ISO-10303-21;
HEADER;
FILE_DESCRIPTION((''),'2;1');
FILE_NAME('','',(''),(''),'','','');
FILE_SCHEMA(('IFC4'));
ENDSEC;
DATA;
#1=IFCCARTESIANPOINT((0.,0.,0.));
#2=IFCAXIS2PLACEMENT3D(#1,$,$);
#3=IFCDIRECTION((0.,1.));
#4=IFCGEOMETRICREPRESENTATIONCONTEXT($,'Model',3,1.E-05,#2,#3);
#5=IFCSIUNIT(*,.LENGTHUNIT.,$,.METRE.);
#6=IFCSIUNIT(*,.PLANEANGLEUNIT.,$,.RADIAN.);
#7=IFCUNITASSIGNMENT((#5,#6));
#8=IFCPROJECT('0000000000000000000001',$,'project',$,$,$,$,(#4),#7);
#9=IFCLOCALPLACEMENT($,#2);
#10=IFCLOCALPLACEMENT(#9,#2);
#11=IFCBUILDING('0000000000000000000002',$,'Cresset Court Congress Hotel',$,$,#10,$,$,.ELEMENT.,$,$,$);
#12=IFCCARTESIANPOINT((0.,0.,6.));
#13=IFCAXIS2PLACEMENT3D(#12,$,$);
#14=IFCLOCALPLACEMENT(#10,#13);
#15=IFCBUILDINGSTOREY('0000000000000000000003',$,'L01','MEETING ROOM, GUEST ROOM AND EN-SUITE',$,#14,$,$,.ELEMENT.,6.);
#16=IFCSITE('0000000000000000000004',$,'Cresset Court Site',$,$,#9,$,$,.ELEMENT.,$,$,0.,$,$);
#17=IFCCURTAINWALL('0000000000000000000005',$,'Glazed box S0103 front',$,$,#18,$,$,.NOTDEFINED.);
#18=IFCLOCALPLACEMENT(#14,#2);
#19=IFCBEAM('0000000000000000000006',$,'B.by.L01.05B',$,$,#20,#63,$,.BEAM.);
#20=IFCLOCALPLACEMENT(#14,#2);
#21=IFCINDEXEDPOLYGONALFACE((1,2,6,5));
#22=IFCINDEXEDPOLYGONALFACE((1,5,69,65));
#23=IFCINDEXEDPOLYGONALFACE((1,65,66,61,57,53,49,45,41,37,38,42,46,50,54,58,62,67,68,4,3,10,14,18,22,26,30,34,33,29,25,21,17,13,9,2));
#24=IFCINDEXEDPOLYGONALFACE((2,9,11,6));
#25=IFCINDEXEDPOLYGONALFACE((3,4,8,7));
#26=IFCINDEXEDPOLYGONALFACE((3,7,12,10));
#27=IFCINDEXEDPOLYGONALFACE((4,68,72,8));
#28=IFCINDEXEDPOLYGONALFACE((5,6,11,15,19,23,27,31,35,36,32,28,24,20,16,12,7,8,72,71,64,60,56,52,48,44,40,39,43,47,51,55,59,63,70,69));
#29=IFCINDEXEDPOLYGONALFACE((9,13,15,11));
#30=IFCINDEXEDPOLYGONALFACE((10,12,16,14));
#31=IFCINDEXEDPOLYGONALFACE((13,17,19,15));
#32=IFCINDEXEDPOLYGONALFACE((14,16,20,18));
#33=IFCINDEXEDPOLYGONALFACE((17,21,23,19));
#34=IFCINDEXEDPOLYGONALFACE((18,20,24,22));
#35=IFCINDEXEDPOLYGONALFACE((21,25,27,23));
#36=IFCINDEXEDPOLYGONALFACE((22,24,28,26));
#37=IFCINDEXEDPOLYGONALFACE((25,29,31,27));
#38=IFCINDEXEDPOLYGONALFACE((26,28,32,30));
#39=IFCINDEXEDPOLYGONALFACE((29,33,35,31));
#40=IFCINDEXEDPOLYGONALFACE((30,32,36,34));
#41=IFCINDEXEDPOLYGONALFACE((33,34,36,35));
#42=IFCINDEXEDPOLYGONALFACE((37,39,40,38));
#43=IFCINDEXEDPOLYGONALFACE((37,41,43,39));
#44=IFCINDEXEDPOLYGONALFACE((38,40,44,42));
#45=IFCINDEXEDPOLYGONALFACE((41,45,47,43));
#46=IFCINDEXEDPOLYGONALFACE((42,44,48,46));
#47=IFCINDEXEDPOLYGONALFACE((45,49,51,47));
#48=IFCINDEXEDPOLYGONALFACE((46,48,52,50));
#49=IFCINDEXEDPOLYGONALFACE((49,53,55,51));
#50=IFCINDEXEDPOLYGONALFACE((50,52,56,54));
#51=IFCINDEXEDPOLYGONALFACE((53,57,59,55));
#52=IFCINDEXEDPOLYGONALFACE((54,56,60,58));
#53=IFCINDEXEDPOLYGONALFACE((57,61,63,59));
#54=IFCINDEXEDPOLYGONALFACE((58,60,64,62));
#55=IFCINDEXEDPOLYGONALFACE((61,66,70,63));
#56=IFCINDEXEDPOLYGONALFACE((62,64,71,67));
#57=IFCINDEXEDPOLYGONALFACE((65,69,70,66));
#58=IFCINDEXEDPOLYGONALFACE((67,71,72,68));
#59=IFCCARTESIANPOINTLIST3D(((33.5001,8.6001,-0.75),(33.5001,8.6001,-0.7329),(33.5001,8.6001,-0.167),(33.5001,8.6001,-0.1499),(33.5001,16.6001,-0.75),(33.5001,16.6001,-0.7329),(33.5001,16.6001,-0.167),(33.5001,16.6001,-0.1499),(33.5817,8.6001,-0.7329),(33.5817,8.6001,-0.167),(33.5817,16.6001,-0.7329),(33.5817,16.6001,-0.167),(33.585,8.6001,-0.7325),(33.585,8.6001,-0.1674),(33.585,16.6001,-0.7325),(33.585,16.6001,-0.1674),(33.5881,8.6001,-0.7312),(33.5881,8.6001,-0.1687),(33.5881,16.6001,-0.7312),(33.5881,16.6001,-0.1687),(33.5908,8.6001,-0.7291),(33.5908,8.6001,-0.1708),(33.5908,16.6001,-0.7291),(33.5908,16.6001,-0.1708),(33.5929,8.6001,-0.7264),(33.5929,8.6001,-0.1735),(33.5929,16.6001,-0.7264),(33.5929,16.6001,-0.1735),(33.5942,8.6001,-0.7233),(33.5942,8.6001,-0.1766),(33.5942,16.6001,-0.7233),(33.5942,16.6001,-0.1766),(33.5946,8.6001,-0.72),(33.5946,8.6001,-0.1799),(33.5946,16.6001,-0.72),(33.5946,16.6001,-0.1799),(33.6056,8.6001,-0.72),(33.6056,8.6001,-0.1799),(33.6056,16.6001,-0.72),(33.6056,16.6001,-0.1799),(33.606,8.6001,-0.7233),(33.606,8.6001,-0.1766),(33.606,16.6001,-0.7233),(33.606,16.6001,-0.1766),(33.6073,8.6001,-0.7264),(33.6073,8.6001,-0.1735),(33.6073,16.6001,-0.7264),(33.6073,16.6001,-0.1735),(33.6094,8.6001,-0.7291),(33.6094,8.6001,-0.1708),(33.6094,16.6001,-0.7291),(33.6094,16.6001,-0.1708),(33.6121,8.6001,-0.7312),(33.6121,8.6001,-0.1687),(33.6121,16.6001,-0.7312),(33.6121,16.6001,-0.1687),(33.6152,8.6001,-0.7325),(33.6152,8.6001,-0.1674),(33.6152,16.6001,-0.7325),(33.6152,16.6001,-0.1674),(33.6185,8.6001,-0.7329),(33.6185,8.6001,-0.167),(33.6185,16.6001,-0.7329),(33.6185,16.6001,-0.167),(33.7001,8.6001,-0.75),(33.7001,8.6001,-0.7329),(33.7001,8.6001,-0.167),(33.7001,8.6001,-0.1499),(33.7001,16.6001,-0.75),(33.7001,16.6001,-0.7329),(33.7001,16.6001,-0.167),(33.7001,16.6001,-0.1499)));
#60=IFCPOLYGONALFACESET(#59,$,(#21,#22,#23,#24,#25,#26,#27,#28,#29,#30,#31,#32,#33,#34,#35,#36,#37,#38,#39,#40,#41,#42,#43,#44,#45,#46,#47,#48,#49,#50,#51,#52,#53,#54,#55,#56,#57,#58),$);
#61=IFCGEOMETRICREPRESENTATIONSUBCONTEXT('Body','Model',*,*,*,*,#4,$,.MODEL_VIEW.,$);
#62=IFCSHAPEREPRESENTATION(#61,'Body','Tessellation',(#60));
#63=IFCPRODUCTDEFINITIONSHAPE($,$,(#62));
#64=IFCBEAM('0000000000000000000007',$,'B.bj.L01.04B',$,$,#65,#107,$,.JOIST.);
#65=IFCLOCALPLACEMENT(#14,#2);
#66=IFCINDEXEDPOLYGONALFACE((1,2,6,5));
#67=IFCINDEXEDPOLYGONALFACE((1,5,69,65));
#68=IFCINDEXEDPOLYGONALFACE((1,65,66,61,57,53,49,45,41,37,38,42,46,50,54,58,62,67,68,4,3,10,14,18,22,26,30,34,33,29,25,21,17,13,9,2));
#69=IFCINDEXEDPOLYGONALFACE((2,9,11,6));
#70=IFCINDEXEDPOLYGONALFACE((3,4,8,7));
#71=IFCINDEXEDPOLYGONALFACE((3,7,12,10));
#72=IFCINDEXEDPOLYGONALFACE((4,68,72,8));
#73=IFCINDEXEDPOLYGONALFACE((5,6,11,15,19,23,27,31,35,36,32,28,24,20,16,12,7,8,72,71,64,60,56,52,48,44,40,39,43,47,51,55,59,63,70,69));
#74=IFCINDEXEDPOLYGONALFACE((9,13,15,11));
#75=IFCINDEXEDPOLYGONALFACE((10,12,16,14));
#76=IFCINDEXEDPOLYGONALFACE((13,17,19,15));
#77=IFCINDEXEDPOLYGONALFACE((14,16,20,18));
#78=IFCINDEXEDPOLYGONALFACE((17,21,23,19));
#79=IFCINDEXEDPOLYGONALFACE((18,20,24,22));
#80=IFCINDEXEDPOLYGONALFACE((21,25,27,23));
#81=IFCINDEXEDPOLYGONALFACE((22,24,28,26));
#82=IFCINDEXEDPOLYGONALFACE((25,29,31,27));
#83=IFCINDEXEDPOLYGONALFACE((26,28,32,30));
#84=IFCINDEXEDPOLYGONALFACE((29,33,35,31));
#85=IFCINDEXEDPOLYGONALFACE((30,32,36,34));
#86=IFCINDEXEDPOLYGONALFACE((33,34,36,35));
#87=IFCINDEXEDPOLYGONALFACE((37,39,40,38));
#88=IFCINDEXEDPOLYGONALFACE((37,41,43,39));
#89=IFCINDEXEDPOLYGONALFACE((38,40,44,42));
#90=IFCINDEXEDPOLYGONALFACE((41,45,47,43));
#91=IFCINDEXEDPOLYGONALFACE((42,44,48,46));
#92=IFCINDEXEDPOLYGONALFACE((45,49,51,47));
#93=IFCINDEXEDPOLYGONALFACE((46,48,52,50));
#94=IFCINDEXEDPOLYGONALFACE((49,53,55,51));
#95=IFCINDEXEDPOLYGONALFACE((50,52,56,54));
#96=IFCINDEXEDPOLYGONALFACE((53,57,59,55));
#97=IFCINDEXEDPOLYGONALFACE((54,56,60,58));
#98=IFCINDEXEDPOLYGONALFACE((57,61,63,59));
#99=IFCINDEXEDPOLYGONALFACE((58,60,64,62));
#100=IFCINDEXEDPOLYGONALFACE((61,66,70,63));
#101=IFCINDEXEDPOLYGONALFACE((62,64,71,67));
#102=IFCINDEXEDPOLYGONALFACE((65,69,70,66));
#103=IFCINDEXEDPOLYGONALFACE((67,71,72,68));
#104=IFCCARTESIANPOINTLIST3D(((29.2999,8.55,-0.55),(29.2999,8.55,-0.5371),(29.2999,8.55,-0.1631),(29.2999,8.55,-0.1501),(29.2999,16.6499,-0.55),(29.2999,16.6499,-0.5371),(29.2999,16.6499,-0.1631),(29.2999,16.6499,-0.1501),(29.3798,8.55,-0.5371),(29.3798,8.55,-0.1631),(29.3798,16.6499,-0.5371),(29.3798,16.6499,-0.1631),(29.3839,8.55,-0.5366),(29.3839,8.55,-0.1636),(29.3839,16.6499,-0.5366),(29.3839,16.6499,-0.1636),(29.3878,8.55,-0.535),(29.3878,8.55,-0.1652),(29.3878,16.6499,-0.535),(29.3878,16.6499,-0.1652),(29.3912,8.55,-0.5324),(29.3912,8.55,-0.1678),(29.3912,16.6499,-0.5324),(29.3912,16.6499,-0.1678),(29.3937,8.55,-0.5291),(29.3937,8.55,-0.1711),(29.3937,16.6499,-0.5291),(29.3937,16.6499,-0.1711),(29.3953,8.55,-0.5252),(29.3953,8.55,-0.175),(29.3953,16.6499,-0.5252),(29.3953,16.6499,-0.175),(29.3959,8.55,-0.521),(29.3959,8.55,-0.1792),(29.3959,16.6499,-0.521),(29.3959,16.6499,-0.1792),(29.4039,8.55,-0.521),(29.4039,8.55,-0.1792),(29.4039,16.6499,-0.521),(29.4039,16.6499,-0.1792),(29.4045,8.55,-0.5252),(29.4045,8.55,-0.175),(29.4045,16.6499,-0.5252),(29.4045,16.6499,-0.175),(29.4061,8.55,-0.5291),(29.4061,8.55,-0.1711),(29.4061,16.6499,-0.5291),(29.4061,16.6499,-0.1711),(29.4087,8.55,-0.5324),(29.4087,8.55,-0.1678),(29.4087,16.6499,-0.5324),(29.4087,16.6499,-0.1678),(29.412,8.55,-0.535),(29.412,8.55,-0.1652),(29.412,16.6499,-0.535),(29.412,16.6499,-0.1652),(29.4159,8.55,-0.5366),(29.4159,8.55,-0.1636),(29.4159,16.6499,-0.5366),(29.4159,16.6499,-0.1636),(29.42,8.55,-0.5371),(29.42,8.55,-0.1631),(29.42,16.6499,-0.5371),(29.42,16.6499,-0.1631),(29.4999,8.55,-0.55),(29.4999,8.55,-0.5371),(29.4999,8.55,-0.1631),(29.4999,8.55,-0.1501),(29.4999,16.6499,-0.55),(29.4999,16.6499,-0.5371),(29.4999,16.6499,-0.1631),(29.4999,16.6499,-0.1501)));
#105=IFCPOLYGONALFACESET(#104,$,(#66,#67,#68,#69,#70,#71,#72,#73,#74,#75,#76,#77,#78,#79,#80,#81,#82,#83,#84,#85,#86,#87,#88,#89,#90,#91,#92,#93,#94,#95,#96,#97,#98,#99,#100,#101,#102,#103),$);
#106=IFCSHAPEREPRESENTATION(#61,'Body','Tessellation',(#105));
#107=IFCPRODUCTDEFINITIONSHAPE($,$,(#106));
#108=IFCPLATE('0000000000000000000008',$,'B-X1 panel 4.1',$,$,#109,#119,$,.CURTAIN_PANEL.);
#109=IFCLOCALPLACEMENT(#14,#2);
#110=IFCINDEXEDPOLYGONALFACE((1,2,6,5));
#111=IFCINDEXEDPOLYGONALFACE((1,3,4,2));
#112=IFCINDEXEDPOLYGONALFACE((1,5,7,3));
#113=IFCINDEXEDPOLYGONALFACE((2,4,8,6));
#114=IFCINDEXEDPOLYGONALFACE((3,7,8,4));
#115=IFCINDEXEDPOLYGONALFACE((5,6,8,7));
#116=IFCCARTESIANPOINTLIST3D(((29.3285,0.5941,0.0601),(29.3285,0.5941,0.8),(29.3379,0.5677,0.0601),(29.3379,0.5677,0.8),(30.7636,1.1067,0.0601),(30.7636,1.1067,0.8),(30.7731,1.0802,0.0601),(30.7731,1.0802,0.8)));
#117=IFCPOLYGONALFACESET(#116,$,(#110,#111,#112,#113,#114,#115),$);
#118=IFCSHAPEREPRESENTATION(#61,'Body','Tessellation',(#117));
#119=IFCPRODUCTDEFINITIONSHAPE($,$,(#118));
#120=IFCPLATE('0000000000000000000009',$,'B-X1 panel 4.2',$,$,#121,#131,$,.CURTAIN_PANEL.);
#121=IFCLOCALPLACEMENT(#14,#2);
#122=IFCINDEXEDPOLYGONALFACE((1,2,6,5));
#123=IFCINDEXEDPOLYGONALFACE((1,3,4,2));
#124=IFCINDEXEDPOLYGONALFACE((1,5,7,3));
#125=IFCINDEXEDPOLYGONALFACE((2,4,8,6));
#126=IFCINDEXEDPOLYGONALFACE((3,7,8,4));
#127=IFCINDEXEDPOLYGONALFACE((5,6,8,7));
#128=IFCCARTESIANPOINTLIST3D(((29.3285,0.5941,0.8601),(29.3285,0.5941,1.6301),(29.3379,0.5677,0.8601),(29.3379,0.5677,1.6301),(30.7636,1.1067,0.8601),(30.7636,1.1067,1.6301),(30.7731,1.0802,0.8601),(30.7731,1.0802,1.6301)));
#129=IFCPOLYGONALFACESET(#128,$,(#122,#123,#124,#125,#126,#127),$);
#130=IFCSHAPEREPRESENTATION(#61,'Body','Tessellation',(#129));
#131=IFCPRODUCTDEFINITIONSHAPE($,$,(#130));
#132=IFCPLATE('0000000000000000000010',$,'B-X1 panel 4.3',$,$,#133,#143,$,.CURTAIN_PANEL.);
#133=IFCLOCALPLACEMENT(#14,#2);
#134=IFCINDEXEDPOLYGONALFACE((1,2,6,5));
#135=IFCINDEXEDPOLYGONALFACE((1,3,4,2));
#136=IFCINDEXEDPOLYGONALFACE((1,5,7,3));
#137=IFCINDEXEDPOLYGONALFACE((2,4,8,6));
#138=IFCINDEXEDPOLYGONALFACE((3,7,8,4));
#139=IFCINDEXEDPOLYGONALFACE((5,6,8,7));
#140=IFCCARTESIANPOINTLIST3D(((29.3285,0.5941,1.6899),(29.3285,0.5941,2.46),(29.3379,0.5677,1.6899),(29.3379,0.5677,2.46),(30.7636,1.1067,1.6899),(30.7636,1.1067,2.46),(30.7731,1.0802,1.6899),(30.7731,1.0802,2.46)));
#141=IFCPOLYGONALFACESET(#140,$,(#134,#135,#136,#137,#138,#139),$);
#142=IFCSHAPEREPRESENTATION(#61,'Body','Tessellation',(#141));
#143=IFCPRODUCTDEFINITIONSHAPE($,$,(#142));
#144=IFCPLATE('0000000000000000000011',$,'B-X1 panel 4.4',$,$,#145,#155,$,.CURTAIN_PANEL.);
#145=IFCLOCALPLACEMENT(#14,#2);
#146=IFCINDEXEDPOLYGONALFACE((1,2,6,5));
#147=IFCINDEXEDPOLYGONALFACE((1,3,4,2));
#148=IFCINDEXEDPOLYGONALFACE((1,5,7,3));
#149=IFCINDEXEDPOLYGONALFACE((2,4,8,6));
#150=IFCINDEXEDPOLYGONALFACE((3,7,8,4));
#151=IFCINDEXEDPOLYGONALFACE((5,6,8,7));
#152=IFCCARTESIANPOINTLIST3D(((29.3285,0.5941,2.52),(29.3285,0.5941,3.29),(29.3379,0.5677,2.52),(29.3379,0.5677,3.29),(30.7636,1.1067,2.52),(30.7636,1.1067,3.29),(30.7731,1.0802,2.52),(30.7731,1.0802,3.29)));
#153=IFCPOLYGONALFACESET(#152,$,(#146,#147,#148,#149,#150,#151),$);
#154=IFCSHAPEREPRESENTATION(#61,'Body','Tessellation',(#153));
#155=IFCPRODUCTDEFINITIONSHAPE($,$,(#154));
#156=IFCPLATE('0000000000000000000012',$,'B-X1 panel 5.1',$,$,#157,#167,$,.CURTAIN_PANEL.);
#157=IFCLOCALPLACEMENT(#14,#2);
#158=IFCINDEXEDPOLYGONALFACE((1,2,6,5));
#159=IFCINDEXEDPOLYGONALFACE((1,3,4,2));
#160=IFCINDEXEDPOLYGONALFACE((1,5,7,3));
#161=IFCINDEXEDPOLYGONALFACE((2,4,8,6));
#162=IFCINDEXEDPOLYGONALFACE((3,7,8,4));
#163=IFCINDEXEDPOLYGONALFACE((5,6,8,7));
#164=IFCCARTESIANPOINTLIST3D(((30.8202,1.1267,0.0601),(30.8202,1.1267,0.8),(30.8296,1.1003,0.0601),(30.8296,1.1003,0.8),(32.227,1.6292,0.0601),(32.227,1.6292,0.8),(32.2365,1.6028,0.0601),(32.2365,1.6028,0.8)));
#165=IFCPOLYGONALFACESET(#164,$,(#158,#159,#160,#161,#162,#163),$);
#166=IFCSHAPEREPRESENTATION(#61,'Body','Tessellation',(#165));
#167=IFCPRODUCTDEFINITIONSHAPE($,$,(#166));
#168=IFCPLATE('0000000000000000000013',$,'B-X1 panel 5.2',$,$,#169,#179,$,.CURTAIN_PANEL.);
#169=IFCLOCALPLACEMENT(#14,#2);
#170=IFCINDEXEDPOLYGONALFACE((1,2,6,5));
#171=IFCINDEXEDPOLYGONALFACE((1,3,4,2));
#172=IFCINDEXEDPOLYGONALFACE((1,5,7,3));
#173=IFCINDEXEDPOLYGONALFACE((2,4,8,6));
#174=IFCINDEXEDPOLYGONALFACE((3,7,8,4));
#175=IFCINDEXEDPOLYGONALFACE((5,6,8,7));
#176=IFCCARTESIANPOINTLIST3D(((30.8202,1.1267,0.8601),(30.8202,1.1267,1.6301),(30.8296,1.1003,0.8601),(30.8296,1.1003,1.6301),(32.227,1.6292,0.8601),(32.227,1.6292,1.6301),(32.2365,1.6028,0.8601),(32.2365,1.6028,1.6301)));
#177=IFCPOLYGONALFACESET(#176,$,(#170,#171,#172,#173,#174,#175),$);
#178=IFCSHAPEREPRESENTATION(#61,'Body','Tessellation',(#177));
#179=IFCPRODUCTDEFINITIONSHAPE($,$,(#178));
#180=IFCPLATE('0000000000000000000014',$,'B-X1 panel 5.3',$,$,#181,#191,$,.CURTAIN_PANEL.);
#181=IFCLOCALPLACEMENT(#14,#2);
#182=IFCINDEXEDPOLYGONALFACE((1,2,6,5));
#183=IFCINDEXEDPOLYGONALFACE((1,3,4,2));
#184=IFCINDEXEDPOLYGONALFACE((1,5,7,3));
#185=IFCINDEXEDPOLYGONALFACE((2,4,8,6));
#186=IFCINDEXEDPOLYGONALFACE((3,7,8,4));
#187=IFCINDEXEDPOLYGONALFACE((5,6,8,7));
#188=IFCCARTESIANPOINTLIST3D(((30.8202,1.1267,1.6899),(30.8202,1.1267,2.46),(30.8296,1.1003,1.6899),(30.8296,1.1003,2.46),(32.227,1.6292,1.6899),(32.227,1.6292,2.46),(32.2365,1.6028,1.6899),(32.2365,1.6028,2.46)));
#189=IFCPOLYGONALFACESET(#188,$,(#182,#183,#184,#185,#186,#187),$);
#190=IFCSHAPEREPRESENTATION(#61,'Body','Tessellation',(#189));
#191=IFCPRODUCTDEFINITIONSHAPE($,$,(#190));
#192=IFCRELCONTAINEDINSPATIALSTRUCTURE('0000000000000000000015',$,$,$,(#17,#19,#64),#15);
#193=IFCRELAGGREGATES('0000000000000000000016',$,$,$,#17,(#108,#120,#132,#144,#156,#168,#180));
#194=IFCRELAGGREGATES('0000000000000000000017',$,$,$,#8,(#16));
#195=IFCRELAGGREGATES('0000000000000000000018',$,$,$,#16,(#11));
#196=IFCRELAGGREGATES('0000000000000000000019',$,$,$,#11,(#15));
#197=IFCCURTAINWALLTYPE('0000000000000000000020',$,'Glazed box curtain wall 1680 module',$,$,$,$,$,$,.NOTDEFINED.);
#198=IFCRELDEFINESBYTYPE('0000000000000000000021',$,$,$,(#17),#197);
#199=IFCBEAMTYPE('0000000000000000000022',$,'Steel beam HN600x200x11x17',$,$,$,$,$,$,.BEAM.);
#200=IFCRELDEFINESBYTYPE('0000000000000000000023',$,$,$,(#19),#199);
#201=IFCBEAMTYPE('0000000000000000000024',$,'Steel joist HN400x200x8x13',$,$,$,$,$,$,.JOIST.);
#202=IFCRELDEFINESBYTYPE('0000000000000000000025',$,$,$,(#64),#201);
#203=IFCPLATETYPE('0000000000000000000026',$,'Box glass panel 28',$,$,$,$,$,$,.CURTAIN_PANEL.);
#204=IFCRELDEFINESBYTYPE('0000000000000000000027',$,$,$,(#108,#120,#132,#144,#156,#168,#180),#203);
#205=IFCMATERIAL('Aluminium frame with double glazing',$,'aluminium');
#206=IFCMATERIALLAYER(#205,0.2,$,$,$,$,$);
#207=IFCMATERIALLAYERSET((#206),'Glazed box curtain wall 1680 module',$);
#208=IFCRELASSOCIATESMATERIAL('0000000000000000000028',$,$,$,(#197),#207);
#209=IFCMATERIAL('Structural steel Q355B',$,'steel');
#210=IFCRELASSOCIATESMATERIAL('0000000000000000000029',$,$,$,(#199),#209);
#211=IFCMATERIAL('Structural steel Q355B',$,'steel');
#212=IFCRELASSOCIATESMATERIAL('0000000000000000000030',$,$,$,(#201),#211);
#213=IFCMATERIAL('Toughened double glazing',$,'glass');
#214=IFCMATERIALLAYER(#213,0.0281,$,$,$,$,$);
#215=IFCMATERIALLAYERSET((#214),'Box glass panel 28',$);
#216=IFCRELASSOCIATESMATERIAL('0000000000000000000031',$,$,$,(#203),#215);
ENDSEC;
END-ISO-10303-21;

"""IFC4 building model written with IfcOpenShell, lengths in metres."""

from ifc_helpers import new_model, si_unit, direction, frame, origin, origin_2d, place, context, subcontext, project, spatial, rectangle, i_section, extrude, material, layer, layer_set, material_profile, profile_set, type_object, element, aggregate, save


model = new_model("IFC4")

# Units and contexts
model_context = context("Model", 3, precision=1e-05, world=origin(), true_north=direction((0.0, 1.0)))
body_context = subcontext(model_context, "Body", "Model", "MODEL_VIEW")
ifc_project = project(units=[si_unit("LENGTHUNIT", "METRE"), si_unit("PLANEANGLEUNIT", "RADIAN")], contexts=[model_context])

# Site, building, storey
site_placement = place(None, origin())
site = spatial("IfcSite", under=ifc_project, at=site_placement, Name="Cresset Court Site", CompositionType="ELEMENT", RefElevation=0.0)
building_placement = place(site_placement, origin())
building = spatial("IfcBuilding", under=site, at=building_placement, Name="Cresset Court Congress Hotel", CompositionType="ELEMENT")
storey_placement = place(building_placement, frame((0.0, 0.0, 6.0)))
storey = spatial("IfcBuildingStorey", under=building, at=storey_placement, Name="L01", Description="MEETING ROOM, GUEST ROOM AND EN-SUITE", CompositionType="ELEMENT", Elevation=6.0)

# Curtain wall
ifc_material_1 = material(Name="Aluminium frame with double glazing", Category="aluminium")
ifc_layer_1 = layer(ifc_material_1, 0.2)
ifc_layer_set_1 = layer_set([ifc_layer_1], Name="Glazed box curtain wall 1680 module")
curtain_wall_type = type_object("IfcCurtainWallType", Name="Glazed box curtain wall 1680 module", PredefinedType="NOTDEFINED", material=ifc_layer_set_1)
curtain_wall_1_placement = place(storey_placement, origin())
curtain_wall_1 = element("IfcCurtainWall", 1, at=curtain_wall_1_placement, inside=storey, type_object=curtain_wall_type, Name="Glazed box S0103 front", PredefinedType="NOTDEFINED")

# Beams
ifc_material_2 = material(Name="Structural steel Q355B", Category="steel")
ifc_material_profile_1 = material_profile(ifc_material_2, i_section(OverallWidth=0.2, OverallDepth=0.6001, WebThickness=0.011, FlangeThickness=0.0171, FilletRadius=0.0129, at=origin_2d()), Name="HN600x200x11x17")
ifc_profile_set_1 = profile_set([ifc_material_profile_1], Name="Structural steel Q355B")
beam_type_1 = type_object("IfcBeamType", Name="Steel beam HN600x200x11x17", PredefinedType="BEAM", material=ifc_profile_set_1)
beam_1_placement = place(storey_placement, frame((33.6001, 8.6001, -0.45), z_axis=(0.0, 1.0, 0.0), x_axis=(-1.0, 0.0, 0.0)))
element("IfcBeam", 2, at=beam_1_placement, inside=storey, type_object=beam_type_1, Name="B.by.L01.05B", PredefinedType="BEAM", context=body_context, shape_type="SweptSolid", body=[
    extrude(i_section(OverallWidth=0.2, OverallDepth=0.6001, WebThickness=0.011, FlangeThickness=0.0171, FilletRadius=0.0129, at=origin_2d()), origin(), (0.0, 0.0, 1.0), 8.0),
])
ifc_material_3 = material(Name="Structural steel Q355B", Category="steel")
ifc_material_profile_2 = material_profile(ifc_material_3, i_section(OverallWidth=0.2, OverallDepth=0.3999, WebThickness=0.0081, FlangeThickness=0.0129, FilletRadius=0.0161, at=origin_2d()), Name="HN400x200x8x13")
ifc_profile_set_2 = profile_set([ifc_material_profile_2], Name="Structural steel Q355B")
beam_type_2 = type_object("IfcBeamType", Name="Steel joist HN400x200x8x13", PredefinedType="JOIST", material=ifc_profile_set_2)
beam_2_placement = place(storey_placement, frame((29.3999, 8.55, -0.3501), z_axis=(0.0, 1.0, 0.0), x_axis=(-1.0, 0.0, 0.0)))
element("IfcBeam", 3, at=beam_2_placement, inside=storey, type_object=beam_type_2, Name="B.bj.L01.04B", PredefinedType="JOIST", context=body_context, shape_type="SweptSolid", body=[
    extrude(i_section(OverallWidth=0.2, OverallDepth=0.3999, WebThickness=0.0081, FlangeThickness=0.0129, FilletRadius=0.0161, at=origin_2d()), origin(), (0.0, 0.0, 1.0), 8.0999),
])

# Plates
ifc_material_4 = material(Name="Toughened double glazing", Category="glass")
ifc_layer_2 = layer(ifc_material_4, 0.0281)
ifc_layer_set_2 = layer_set([ifc_layer_2], Name="Box glass panel 28")
plate_type_1 = type_object("IfcPlateType", Name="Box glass panel 28", PredefinedType="CURTAIN_PANEL", material=ifc_layer_set_2)
plate_1_placement = place(storey_placement, frame((30.0508, 0.8372, 0.0601), z_axis=(0.0, 0.0, 1.0), x_axis=(0.941742, 0.336336, 0.0)))
plate_1 = element("IfcPlate", 4, at=plate_1_placement, type_object=plate_type_1, Name="B-X1 panel 4.1", PredefinedType="CURTAIN_PANEL", context=body_context, shape_type="SweptSolid", body=[
    extrude(rectangle(XDim=1.5239, YDim=0.0281, at=origin_2d()), origin(), (0.0, 0.0, 1.0), 0.74),
])
plate_2_placement = place(storey_placement, frame((30.0508, 0.8372, 0.8601), z_axis=(0.0, 0.0, 1.0), x_axis=(0.941742, 0.336336, 0.0)))
plate_2 = element("IfcPlate", 5, at=plate_2_placement, type_object=plate_type_1, Name="B-X1 panel 4.2", PredefinedType="CURTAIN_PANEL", context=body_context, shape_type="SweptSolid", body=[
    extrude(rectangle(XDim=1.5239, YDim=0.0281, at=origin_2d()), origin(), (0.0, 0.0, 1.0), 0.77),
])
plate_3_placement = place(storey_placement, frame((30.0508, 0.8372, 1.6899), z_axis=(0.0, 0.0, 1.0), x_axis=(0.941742, 0.336336, 0.0)))
plate_3 = element("IfcPlate", 6, at=plate_3_placement, type_object=plate_type_1, Name="B-X1 panel 4.3", PredefinedType="CURTAIN_PANEL", context=body_context, shape_type="SweptSolid", body=[
    extrude(rectangle(XDim=1.5239, YDim=0.0281, at=origin_2d()), origin(), (0.0, 0.0, 1.0), 0.77),
])
plate_4_placement = place(storey_placement, frame((30.0508, 0.8372, 2.52), z_axis=(0.0, 0.0, 1.0), x_axis=(0.941742, 0.336336, 0.0)))
plate_4 = element("IfcPlate", 7, at=plate_4_placement, type_object=plate_type_1, Name="B-X1 panel 4.4", PredefinedType="CURTAIN_PANEL", context=body_context, shape_type="SweptSolid", body=[
    extrude(rectangle(XDim=1.5239, YDim=0.0281, at=origin_2d()), origin(), (0.0, 0.0, 1.0), 0.77),
])
plate_5_placement = place(storey_placement, frame((31.5283, 1.3647, 0.0601), z_axis=(0.0, 0.0, 1.0), x_axis=(0.941742, 0.336336, 0.0)))
plate_5 = element("IfcPlate", 8, at=plate_5_placement, type_object=plate_type_1, Name="B-X1 panel 5.1", PredefinedType="CURTAIN_PANEL", context=body_context, shape_type="SweptSolid", body=[
    extrude(rectangle(XDim=1.4939, YDim=0.0281, at=origin_2d()), origin(), (0.0, 0.0, 1.0), 0.74),
])
plate_6_placement = place(storey_placement, frame((31.5283, 1.3647, 0.8601), z_axis=(0.0, 0.0, 1.0), x_axis=(0.941742, 0.336336, 0.0)))
plate_6 = element("IfcPlate", 9, at=plate_6_placement, type_object=plate_type_1, Name="B-X1 panel 5.2", PredefinedType="CURTAIN_PANEL", context=body_context, shape_type="SweptSolid", body=[
    extrude(rectangle(XDim=1.4939, YDim=0.0281, at=origin_2d()), origin(), (0.0, 0.0, 1.0), 0.77),
])
plate_7_placement = place(storey_placement, frame((31.5283, 1.3647, 1.6899), z_axis=(0.0, 0.0, 1.0), x_axis=(0.941742, 0.336336, 0.0)))
plate_7 = element("IfcPlate", 10, at=plate_7_placement, type_object=plate_type_1, Name="B-X1 panel 5.3", PredefinedType="CURTAIN_PANEL", context=body_context, shape_type="SweptSolid", body=[
    extrude(rectangle(XDim=1.4939, YDim=0.0281, at=origin_2d()), origin(), (0.0, 0.0, 1.0), 0.77),
])
aggregate(curtain_wall_1, [plate_1, plate_2, plate_3, plate_4, plate_5, plate_6, plate_7])

save(model, "model.ifc")
